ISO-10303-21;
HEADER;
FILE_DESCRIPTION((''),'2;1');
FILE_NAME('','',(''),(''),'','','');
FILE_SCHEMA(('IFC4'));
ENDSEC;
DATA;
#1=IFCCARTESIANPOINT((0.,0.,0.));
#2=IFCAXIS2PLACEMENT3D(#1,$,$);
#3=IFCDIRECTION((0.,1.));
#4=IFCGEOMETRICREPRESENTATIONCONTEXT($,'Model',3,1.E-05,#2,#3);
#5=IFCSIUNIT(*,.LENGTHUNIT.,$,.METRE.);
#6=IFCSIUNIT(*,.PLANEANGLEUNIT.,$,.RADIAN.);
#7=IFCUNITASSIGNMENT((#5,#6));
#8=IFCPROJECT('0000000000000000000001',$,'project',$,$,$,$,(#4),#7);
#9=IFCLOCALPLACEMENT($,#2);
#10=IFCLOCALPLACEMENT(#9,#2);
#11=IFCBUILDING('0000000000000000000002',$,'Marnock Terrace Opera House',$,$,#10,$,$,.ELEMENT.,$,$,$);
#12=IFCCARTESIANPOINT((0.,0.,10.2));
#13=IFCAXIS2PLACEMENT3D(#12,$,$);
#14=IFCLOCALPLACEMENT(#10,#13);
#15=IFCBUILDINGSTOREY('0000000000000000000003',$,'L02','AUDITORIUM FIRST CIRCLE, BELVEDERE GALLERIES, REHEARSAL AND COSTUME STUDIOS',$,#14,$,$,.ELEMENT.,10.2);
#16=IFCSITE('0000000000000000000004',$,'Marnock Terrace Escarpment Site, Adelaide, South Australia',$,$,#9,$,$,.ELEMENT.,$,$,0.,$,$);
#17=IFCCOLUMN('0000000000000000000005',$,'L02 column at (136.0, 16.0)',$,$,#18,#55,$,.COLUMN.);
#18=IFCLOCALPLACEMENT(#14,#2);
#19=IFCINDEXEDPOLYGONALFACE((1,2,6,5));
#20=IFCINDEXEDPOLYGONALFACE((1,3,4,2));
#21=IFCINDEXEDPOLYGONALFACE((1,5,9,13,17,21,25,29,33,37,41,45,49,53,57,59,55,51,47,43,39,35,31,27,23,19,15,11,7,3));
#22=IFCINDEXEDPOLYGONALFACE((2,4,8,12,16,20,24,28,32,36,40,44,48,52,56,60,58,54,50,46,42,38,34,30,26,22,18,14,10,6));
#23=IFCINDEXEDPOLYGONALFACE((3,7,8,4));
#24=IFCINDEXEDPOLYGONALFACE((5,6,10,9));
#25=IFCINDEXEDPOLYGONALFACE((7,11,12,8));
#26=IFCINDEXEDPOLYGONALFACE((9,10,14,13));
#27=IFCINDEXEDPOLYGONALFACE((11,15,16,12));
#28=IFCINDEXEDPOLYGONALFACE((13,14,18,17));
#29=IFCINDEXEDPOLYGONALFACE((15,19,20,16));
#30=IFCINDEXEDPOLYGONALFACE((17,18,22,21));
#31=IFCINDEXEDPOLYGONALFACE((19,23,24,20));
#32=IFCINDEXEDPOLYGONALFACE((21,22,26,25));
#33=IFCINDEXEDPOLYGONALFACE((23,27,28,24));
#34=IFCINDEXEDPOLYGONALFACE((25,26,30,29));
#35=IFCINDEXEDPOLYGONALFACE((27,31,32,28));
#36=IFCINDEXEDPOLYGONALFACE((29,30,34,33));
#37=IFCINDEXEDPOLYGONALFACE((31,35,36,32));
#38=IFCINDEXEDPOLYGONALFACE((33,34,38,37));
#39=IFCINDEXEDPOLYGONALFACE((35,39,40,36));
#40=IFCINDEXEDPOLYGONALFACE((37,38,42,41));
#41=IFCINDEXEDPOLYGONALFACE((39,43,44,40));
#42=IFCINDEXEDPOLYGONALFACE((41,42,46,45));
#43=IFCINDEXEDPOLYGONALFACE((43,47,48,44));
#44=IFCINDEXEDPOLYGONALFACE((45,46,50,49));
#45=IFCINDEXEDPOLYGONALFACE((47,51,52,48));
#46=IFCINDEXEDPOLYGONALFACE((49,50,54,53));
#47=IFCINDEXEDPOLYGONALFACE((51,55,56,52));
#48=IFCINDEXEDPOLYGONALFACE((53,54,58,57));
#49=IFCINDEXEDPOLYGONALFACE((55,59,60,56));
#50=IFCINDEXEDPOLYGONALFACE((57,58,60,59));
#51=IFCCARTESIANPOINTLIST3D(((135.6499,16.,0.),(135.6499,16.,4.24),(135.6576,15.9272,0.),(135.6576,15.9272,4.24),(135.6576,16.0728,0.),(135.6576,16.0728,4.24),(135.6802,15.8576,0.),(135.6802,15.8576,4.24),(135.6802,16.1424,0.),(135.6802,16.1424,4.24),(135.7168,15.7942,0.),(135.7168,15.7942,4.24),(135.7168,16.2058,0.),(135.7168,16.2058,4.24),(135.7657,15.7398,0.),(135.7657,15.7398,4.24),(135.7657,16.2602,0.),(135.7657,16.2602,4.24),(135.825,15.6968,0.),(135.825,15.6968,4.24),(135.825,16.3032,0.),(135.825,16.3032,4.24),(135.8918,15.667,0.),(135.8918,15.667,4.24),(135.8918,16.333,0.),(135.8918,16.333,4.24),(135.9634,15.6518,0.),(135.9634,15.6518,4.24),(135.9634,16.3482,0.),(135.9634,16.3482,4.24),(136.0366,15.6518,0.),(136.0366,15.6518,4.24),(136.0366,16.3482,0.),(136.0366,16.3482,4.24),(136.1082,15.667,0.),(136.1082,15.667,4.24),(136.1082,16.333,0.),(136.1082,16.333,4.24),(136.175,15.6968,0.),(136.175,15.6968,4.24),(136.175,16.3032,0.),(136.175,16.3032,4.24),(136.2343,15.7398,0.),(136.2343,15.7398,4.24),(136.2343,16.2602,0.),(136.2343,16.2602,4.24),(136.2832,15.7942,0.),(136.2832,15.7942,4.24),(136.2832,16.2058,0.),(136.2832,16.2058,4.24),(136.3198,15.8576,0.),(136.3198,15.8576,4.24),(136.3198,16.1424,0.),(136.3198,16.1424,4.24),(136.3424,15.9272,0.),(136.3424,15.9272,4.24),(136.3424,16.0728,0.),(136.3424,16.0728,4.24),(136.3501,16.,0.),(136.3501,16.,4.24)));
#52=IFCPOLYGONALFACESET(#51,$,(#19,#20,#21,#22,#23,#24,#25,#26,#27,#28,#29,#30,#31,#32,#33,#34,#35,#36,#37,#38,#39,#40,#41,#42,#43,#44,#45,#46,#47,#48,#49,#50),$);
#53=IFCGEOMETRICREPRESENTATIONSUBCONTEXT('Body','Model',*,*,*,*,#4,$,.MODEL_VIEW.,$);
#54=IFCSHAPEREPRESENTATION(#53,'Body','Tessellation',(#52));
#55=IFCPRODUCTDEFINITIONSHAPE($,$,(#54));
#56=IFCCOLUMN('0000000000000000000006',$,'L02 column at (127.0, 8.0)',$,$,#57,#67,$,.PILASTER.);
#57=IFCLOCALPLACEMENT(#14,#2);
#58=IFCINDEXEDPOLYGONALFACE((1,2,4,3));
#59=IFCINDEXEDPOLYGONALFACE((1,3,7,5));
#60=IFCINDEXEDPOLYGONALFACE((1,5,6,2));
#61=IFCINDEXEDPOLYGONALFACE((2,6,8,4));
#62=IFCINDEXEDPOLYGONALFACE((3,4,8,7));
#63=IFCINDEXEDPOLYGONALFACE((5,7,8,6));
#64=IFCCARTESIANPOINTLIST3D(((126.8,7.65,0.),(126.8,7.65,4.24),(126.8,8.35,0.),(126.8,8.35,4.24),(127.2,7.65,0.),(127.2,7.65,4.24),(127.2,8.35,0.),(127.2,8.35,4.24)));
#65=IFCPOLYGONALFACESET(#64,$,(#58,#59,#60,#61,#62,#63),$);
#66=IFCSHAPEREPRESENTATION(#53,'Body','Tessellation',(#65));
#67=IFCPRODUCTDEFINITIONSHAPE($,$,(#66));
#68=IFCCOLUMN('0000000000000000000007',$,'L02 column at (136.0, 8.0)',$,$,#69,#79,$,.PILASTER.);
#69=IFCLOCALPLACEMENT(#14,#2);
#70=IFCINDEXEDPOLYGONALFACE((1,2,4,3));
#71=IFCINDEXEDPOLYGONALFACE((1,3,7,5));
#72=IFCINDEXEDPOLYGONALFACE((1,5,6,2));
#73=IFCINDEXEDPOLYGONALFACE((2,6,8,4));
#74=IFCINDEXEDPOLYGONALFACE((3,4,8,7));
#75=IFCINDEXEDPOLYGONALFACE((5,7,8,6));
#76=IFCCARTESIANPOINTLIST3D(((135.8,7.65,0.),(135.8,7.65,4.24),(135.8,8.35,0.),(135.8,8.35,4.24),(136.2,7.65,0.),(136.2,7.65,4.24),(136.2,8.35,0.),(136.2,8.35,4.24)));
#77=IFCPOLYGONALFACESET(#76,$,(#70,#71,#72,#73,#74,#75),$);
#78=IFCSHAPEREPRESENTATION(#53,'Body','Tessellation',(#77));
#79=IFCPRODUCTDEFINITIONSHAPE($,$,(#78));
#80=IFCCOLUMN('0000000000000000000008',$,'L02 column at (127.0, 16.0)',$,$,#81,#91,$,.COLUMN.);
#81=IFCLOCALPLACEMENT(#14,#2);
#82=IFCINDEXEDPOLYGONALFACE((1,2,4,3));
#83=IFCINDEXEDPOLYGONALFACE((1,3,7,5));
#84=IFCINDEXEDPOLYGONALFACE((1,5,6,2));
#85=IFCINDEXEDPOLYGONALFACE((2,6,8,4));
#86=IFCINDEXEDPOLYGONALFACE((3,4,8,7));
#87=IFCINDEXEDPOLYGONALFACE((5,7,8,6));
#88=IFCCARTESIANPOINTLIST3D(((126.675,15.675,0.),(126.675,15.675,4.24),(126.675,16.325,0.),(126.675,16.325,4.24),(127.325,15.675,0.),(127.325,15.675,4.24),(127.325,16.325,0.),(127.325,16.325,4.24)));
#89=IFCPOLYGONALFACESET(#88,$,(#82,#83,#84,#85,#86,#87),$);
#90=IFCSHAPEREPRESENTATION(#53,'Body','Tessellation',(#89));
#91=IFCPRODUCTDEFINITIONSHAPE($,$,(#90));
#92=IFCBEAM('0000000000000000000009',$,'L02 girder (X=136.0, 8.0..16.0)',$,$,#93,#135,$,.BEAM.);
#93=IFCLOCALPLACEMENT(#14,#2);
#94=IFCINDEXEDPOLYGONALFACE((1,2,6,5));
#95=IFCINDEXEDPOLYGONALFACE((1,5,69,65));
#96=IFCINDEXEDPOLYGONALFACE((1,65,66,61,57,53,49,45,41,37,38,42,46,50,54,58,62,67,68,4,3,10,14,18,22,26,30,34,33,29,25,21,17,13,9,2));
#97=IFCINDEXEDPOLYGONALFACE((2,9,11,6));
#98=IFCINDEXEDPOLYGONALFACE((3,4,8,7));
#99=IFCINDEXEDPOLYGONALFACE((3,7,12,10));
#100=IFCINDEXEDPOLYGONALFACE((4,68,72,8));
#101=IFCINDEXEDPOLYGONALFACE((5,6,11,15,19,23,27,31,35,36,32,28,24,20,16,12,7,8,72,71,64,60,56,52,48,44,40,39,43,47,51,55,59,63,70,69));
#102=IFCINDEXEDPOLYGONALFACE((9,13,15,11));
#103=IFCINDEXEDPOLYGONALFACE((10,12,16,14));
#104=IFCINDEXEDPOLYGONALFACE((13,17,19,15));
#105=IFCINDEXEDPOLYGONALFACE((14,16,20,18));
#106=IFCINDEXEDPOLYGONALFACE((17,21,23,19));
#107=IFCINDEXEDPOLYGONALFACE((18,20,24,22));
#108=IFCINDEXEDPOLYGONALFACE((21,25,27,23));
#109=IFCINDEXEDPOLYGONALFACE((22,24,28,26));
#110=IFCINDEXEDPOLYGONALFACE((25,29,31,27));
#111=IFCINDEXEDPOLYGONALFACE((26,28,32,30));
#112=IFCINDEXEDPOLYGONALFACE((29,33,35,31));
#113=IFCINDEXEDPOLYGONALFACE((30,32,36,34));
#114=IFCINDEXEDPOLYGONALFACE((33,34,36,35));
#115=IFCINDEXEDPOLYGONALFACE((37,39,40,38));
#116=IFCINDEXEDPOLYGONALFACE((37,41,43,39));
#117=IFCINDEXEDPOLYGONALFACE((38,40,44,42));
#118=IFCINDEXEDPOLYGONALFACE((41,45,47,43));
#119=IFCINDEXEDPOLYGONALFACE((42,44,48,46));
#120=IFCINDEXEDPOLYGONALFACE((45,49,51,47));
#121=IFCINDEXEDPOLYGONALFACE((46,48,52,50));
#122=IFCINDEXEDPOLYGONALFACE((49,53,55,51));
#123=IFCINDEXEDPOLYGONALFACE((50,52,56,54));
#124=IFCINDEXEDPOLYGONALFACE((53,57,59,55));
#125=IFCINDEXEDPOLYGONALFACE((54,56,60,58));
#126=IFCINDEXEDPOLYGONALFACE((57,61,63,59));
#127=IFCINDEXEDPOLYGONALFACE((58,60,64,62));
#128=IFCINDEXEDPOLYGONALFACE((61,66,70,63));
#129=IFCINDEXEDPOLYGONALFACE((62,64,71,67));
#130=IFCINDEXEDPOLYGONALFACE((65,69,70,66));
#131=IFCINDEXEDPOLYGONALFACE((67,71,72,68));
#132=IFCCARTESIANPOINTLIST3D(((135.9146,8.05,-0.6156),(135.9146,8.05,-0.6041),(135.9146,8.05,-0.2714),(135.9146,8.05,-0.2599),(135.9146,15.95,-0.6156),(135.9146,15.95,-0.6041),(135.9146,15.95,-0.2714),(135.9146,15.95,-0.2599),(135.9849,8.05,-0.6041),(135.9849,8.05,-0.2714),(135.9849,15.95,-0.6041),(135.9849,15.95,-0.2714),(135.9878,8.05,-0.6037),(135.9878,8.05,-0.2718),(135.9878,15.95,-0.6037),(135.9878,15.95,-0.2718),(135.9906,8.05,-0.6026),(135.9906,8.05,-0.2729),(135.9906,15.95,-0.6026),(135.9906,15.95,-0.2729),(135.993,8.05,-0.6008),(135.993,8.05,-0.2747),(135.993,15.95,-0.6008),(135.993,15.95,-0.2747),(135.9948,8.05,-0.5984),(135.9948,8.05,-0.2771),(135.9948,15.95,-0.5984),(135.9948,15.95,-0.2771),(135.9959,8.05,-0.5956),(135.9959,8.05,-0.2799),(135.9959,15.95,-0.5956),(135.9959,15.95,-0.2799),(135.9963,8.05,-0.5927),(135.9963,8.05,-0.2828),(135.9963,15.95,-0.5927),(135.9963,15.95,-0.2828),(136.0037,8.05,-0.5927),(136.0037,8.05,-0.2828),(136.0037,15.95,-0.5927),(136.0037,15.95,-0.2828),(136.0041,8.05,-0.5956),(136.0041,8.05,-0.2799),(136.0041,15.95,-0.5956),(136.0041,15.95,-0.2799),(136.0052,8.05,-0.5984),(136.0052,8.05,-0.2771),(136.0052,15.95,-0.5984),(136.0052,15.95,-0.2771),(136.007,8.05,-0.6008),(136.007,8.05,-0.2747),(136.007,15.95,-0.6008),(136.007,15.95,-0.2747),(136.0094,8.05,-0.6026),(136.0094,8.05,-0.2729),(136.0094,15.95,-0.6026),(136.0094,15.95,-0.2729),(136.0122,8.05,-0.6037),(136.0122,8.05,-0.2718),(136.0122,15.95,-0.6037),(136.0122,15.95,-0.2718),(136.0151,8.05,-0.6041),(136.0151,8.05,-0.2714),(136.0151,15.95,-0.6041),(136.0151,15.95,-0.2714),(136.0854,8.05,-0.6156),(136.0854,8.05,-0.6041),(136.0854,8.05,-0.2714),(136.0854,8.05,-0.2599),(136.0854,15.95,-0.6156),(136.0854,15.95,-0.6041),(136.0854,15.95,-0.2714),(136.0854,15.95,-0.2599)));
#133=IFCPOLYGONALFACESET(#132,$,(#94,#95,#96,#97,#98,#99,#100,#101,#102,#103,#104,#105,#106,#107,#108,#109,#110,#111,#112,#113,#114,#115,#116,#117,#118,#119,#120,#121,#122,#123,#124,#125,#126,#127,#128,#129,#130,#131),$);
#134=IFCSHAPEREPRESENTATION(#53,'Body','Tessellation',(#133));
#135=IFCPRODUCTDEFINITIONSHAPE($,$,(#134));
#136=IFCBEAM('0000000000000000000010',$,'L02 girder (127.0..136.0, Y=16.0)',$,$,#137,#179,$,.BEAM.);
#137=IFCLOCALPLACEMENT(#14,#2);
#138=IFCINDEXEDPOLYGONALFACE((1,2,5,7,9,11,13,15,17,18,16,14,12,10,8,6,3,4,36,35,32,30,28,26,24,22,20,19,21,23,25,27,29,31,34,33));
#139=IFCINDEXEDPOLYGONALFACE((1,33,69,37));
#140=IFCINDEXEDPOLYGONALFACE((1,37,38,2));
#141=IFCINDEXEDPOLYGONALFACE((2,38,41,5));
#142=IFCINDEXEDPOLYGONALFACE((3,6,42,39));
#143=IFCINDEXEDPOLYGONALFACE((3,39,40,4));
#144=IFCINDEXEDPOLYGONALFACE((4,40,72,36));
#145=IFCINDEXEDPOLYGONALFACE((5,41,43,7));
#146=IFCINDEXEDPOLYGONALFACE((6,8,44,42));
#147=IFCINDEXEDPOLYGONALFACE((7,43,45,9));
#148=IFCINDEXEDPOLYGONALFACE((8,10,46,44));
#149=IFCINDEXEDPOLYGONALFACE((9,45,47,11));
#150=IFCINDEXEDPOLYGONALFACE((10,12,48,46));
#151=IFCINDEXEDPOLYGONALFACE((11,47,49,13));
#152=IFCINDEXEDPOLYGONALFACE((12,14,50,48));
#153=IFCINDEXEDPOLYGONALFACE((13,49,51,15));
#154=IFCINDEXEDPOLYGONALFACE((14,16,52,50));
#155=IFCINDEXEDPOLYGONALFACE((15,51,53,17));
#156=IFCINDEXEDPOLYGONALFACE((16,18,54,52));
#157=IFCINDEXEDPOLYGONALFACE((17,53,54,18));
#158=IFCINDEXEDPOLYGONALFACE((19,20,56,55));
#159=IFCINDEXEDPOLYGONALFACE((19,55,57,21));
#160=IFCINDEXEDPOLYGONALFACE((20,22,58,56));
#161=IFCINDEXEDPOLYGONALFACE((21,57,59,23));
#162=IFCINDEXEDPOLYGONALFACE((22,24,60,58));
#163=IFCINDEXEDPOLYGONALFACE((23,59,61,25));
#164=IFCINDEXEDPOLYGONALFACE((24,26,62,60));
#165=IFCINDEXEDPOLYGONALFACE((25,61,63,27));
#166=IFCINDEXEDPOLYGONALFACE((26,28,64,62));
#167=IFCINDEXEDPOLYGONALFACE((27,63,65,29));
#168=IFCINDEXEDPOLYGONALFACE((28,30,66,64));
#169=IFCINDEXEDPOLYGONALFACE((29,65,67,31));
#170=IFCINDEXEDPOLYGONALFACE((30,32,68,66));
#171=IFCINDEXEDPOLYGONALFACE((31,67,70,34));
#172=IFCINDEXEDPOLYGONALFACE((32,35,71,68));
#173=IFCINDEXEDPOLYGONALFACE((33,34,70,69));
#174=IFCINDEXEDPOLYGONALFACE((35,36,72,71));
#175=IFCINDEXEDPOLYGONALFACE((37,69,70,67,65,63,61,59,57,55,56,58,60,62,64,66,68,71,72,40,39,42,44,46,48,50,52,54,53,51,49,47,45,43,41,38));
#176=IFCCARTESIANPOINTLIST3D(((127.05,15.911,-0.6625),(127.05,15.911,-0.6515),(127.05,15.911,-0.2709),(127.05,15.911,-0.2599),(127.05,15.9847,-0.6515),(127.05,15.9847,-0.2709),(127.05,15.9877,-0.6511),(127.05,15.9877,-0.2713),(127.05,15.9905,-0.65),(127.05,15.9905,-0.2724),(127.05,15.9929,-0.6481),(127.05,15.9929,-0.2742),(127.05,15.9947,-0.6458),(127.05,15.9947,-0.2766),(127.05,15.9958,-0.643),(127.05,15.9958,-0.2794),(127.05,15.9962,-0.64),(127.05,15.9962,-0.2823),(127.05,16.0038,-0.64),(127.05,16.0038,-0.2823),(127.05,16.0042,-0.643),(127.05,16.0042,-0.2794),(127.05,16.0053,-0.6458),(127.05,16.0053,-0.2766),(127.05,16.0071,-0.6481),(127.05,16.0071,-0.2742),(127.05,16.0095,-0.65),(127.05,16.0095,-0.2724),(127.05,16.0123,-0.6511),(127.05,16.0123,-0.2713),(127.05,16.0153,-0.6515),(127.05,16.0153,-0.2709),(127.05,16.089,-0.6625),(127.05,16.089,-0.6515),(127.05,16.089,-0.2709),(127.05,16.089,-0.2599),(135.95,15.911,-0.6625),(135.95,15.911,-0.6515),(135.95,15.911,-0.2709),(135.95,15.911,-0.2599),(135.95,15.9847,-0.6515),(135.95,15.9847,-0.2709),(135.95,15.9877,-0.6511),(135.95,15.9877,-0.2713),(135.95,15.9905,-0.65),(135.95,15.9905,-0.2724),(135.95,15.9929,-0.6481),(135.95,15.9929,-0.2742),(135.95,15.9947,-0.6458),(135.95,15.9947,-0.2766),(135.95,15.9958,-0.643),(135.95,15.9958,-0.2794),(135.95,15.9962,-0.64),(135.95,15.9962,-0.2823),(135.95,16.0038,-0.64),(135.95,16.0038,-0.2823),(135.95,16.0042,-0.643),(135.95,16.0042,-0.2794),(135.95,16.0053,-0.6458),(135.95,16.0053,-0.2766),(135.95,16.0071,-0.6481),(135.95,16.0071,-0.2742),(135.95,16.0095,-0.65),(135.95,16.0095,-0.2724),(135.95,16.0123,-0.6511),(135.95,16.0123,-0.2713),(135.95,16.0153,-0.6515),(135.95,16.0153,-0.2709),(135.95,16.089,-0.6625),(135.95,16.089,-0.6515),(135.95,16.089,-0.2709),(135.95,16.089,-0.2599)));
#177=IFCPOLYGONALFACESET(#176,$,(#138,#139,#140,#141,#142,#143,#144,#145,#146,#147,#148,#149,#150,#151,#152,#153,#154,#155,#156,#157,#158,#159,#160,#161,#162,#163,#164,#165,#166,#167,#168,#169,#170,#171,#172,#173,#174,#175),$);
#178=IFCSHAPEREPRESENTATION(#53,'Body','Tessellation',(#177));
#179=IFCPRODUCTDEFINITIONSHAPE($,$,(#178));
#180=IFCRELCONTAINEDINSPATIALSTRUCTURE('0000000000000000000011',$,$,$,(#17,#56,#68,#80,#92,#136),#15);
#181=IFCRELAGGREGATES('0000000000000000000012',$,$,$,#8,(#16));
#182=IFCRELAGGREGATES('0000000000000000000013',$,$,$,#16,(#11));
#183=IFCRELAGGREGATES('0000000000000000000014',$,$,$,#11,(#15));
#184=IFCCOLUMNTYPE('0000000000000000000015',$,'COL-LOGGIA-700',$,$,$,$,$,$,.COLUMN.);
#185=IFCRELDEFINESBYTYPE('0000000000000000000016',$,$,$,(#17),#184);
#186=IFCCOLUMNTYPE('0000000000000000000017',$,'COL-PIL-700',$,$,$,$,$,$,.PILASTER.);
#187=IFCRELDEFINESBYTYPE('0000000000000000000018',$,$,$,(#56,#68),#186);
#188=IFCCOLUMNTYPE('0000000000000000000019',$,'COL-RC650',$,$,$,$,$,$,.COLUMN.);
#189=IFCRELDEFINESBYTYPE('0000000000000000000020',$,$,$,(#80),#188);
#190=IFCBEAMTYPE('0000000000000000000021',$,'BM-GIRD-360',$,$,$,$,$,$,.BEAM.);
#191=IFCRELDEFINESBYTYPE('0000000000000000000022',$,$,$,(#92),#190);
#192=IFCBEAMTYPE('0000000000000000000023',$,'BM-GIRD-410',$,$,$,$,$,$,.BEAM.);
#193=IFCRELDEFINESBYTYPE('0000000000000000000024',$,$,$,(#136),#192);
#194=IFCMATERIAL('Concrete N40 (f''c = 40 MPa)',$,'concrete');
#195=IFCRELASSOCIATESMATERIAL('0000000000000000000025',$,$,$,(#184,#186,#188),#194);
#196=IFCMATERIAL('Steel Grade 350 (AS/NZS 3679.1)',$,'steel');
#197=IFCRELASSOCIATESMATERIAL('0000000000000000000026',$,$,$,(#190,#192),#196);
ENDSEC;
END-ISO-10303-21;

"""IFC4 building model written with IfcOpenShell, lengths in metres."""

from ifc_helpers import new_model, si_unit, direction, frame, origin, origin_2d, place, context, subcontext, project, spatial, rectangle, circle, i_section, extrude, material, material_profile, profile_set, type_object, element, save


model = new_model("IFC4")

# Units and contexts
model_context = context("Model", 3, precision=1e-05, world=origin(), true_north=direction((0.0, 1.0)))
body_context = subcontext(model_context, "Body", "Model", "MODEL_VIEW")
ifc_project = project(units=[si_unit("LENGTHUNIT", "METRE"), si_unit("PLANEANGLEUNIT", "RADIAN")], contexts=[model_context])

# Site, building, storey
site_placement = place(None, origin())
site = spatial("IfcSite", under=ifc_project, at=site_placement, Name="Marnock Terrace Escarpment Site, Adelaide, South Australia", CompositionType="ELEMENT", RefElevation=0.0)
building_placement = place(site_placement, origin())
building = spatial("IfcBuilding", under=site, at=building_placement, Name="Marnock Terrace Opera House", CompositionType="ELEMENT")
storey_placement = place(building_placement, frame((0.0, 0.0, 10.2)))
storey = spatial("IfcBuildingStorey", under=building, at=storey_placement, Name="L02", Description="AUDITORIUM FIRST CIRCLE, BELVEDERE GALLERIES, REHEARSAL AND COSTUME STUDIOS", CompositionType="ELEMENT", Elevation=10.2)

# Columns
ifc_material_1 = material(Name="Concrete N40 (f'c = 40 MPa)", Category="concrete")
ifc_material_profile_1 = material_profile(ifc_material_1, circle(Radius=0.3501, at=origin_2d()))
ifc_profile_set_1 = profile_set([ifc_material_profile_1], Name="Concrete N40 (f'c = 40 MPa)")
column_type_1 = type_object("IfcColumnType", Name="COL-LOGGIA-700", PredefinedType="COLUMN", material=ifc_profile_set_1)
column_1_placement = place(storey_placement, frame((136.0, 16.0, 0.0), z_axis=(0.0, 0.0, 1.0), x_axis=(1.0, 0.0, 0.0)))
element("IfcColumn", 1, at=column_1_placement, inside=storey, type_object=column_type_1, Name="L02 column at (136.0, 16.0)", PredefinedType="COLUMN", context=body_context, shape_type="SweptSolid", body=[
    extrude(circle(Radius=0.3501, at=origin_2d()), origin(), (0.0, 0.0, 1.0), 4.24),
])
ifc_material_profile_2 = material_profile(ifc_material_1, rectangle(XDim=0.3999, YDim=0.7, at=origin_2d()))
ifc_profile_set_2 = profile_set([ifc_material_profile_2], Name="Concrete N40 (f'c = 40 MPa)")
column_type_2 = type_object("IfcColumnType", Name="COL-PIL-700", PredefinedType="PILASTER", material=ifc_profile_set_2)
for number, where, z_axis, x_axis, name in (
    (2, (127.0, 8.0, 0.0), (0.0, 0.0, 1.0), (1.0, 0.0, 0.0), "L02 column at (127.0, 8.0)"),
    (3, (136.0, 8.0, 0.0), (0.0, 0.0, 1.0), (1.0, 0.0, 0.0), "L02 column at (136.0, 8.0)"),
):
    element("IfcColumn", number, at=place(storey_placement, frame(where, z_axis=z_axis, x_axis=x_axis)), inside=storey, type_object=column_type_2, Name=name, PredefinedType="PILASTER", context=body_context, shape_type="SweptSolid", body=[
        extrude(rectangle(XDim=0.3999, YDim=0.7, at=origin_2d()), origin(), (0.0, 0.0, 1.0), 4.24),
    ])
ifc_material_profile_3 = material_profile(ifc_material_1, rectangle(XDim=0.6499, YDim=0.6499, at=origin_2d()))
ifc_profile_set_3 = profile_set([ifc_material_profile_3], Name="Concrete N40 (f'c = 40 MPa)")
column_type_3 = type_object("IfcColumnType", Name="COL-RC650", PredefinedType="COLUMN", material=ifc_profile_set_3)
column_2_placement = place(storey_placement, frame((127.0, 16.0, 0.0), z_axis=(0.0, 0.0, 1.0), x_axis=(1.0, 0.0, 0.0)))
element("IfcColumn", 4, at=column_2_placement, inside=storey, type_object=column_type_3, Name="L02 column at (127.0, 16.0)", PredefinedType="COLUMN", context=body_context, shape_type="SweptSolid", body=[
    extrude(rectangle(XDim=0.6499, YDim=0.6499, at=origin_2d()), origin(), (0.0, 0.0, 1.0), 4.24),
])

# Beams
ifc_material_2 = material(Name="Steel Grade 350 (AS/NZS 3679.1)", Category="steel")
ifc_material_profile_4 = material_profile(ifc_material_2, i_section(OverallWidth=0.1709, OverallDepth=0.3557, WebThickness=0.0073, FlangeThickness=0.0115, FilletRadius=0.0115, at=origin_2d()))
ifc_profile_set_4 = profile_set([ifc_material_profile_4], Name="Steel Grade 350 (AS/NZS 3679.1)")
beam_type_1 = type_object("IfcBeamType", Name="BM-GIRD-360", PredefinedType="BEAM", material=ifc_profile_set_4)
beam_1_placement = place(storey_placement, frame((136.0, 8.05, -0.4377), z_axis=(0.0, 1.0, 0.0), x_axis=(-1.0, 0.0, 0.0)))
element("IfcBeam", 5, at=beam_1_placement, inside=storey, type_object=beam_type_1, Name="L02 girder (X=136.0, 8.0..16.0)", PredefinedType="BEAM", context=body_context, shape_type="SweptSolid", body=[
    extrude(i_section(OverallWidth=0.1709, OverallDepth=0.3557, WebThickness=0.0073, FlangeThickness=0.0115, FilletRadius=0.0115, at=origin_2d()), origin(), (0.0, 0.0, 1.0), 7.8999),
])
ifc_material_profile_5 = material_profile(ifc_material_2, i_section(OverallWidth=0.178, OverallDepth=0.4026, WebThickness=0.0076, FlangeThickness=0.011, FilletRadius=0.0115, at=origin_2d()))
ifc_profile_set_5 = profile_set([ifc_material_profile_5], Name="Steel Grade 350 (AS/NZS 3679.1)")
beam_type_2 = type_object("IfcBeamType", Name="BM-GIRD-410", PredefinedType="BEAM", material=ifc_profile_set_5)
beam_2_placement = place(storey_placement, frame((127.05, 16.0, -0.4612), z_axis=(1.0, 0.0, 0.0), x_axis=(0.0, 1.0, 0.0)))
element("IfcBeam", 6, at=beam_2_placement, inside=storey, type_object=beam_type_2, Name="L02 girder (127.0..136.0, Y=16.0)", PredefinedType="BEAM", context=body_context, shape_type="SweptSolid", body=[
    extrude(i_section(OverallWidth=0.178, OverallDepth=0.4026, WebThickness=0.0076, FlangeThickness=0.011, FilletRadius=0.0115, at=origin_2d()), origin(), (0.0, 0.0, 1.0), 8.8999),
])

save(model, "model.ifc")
